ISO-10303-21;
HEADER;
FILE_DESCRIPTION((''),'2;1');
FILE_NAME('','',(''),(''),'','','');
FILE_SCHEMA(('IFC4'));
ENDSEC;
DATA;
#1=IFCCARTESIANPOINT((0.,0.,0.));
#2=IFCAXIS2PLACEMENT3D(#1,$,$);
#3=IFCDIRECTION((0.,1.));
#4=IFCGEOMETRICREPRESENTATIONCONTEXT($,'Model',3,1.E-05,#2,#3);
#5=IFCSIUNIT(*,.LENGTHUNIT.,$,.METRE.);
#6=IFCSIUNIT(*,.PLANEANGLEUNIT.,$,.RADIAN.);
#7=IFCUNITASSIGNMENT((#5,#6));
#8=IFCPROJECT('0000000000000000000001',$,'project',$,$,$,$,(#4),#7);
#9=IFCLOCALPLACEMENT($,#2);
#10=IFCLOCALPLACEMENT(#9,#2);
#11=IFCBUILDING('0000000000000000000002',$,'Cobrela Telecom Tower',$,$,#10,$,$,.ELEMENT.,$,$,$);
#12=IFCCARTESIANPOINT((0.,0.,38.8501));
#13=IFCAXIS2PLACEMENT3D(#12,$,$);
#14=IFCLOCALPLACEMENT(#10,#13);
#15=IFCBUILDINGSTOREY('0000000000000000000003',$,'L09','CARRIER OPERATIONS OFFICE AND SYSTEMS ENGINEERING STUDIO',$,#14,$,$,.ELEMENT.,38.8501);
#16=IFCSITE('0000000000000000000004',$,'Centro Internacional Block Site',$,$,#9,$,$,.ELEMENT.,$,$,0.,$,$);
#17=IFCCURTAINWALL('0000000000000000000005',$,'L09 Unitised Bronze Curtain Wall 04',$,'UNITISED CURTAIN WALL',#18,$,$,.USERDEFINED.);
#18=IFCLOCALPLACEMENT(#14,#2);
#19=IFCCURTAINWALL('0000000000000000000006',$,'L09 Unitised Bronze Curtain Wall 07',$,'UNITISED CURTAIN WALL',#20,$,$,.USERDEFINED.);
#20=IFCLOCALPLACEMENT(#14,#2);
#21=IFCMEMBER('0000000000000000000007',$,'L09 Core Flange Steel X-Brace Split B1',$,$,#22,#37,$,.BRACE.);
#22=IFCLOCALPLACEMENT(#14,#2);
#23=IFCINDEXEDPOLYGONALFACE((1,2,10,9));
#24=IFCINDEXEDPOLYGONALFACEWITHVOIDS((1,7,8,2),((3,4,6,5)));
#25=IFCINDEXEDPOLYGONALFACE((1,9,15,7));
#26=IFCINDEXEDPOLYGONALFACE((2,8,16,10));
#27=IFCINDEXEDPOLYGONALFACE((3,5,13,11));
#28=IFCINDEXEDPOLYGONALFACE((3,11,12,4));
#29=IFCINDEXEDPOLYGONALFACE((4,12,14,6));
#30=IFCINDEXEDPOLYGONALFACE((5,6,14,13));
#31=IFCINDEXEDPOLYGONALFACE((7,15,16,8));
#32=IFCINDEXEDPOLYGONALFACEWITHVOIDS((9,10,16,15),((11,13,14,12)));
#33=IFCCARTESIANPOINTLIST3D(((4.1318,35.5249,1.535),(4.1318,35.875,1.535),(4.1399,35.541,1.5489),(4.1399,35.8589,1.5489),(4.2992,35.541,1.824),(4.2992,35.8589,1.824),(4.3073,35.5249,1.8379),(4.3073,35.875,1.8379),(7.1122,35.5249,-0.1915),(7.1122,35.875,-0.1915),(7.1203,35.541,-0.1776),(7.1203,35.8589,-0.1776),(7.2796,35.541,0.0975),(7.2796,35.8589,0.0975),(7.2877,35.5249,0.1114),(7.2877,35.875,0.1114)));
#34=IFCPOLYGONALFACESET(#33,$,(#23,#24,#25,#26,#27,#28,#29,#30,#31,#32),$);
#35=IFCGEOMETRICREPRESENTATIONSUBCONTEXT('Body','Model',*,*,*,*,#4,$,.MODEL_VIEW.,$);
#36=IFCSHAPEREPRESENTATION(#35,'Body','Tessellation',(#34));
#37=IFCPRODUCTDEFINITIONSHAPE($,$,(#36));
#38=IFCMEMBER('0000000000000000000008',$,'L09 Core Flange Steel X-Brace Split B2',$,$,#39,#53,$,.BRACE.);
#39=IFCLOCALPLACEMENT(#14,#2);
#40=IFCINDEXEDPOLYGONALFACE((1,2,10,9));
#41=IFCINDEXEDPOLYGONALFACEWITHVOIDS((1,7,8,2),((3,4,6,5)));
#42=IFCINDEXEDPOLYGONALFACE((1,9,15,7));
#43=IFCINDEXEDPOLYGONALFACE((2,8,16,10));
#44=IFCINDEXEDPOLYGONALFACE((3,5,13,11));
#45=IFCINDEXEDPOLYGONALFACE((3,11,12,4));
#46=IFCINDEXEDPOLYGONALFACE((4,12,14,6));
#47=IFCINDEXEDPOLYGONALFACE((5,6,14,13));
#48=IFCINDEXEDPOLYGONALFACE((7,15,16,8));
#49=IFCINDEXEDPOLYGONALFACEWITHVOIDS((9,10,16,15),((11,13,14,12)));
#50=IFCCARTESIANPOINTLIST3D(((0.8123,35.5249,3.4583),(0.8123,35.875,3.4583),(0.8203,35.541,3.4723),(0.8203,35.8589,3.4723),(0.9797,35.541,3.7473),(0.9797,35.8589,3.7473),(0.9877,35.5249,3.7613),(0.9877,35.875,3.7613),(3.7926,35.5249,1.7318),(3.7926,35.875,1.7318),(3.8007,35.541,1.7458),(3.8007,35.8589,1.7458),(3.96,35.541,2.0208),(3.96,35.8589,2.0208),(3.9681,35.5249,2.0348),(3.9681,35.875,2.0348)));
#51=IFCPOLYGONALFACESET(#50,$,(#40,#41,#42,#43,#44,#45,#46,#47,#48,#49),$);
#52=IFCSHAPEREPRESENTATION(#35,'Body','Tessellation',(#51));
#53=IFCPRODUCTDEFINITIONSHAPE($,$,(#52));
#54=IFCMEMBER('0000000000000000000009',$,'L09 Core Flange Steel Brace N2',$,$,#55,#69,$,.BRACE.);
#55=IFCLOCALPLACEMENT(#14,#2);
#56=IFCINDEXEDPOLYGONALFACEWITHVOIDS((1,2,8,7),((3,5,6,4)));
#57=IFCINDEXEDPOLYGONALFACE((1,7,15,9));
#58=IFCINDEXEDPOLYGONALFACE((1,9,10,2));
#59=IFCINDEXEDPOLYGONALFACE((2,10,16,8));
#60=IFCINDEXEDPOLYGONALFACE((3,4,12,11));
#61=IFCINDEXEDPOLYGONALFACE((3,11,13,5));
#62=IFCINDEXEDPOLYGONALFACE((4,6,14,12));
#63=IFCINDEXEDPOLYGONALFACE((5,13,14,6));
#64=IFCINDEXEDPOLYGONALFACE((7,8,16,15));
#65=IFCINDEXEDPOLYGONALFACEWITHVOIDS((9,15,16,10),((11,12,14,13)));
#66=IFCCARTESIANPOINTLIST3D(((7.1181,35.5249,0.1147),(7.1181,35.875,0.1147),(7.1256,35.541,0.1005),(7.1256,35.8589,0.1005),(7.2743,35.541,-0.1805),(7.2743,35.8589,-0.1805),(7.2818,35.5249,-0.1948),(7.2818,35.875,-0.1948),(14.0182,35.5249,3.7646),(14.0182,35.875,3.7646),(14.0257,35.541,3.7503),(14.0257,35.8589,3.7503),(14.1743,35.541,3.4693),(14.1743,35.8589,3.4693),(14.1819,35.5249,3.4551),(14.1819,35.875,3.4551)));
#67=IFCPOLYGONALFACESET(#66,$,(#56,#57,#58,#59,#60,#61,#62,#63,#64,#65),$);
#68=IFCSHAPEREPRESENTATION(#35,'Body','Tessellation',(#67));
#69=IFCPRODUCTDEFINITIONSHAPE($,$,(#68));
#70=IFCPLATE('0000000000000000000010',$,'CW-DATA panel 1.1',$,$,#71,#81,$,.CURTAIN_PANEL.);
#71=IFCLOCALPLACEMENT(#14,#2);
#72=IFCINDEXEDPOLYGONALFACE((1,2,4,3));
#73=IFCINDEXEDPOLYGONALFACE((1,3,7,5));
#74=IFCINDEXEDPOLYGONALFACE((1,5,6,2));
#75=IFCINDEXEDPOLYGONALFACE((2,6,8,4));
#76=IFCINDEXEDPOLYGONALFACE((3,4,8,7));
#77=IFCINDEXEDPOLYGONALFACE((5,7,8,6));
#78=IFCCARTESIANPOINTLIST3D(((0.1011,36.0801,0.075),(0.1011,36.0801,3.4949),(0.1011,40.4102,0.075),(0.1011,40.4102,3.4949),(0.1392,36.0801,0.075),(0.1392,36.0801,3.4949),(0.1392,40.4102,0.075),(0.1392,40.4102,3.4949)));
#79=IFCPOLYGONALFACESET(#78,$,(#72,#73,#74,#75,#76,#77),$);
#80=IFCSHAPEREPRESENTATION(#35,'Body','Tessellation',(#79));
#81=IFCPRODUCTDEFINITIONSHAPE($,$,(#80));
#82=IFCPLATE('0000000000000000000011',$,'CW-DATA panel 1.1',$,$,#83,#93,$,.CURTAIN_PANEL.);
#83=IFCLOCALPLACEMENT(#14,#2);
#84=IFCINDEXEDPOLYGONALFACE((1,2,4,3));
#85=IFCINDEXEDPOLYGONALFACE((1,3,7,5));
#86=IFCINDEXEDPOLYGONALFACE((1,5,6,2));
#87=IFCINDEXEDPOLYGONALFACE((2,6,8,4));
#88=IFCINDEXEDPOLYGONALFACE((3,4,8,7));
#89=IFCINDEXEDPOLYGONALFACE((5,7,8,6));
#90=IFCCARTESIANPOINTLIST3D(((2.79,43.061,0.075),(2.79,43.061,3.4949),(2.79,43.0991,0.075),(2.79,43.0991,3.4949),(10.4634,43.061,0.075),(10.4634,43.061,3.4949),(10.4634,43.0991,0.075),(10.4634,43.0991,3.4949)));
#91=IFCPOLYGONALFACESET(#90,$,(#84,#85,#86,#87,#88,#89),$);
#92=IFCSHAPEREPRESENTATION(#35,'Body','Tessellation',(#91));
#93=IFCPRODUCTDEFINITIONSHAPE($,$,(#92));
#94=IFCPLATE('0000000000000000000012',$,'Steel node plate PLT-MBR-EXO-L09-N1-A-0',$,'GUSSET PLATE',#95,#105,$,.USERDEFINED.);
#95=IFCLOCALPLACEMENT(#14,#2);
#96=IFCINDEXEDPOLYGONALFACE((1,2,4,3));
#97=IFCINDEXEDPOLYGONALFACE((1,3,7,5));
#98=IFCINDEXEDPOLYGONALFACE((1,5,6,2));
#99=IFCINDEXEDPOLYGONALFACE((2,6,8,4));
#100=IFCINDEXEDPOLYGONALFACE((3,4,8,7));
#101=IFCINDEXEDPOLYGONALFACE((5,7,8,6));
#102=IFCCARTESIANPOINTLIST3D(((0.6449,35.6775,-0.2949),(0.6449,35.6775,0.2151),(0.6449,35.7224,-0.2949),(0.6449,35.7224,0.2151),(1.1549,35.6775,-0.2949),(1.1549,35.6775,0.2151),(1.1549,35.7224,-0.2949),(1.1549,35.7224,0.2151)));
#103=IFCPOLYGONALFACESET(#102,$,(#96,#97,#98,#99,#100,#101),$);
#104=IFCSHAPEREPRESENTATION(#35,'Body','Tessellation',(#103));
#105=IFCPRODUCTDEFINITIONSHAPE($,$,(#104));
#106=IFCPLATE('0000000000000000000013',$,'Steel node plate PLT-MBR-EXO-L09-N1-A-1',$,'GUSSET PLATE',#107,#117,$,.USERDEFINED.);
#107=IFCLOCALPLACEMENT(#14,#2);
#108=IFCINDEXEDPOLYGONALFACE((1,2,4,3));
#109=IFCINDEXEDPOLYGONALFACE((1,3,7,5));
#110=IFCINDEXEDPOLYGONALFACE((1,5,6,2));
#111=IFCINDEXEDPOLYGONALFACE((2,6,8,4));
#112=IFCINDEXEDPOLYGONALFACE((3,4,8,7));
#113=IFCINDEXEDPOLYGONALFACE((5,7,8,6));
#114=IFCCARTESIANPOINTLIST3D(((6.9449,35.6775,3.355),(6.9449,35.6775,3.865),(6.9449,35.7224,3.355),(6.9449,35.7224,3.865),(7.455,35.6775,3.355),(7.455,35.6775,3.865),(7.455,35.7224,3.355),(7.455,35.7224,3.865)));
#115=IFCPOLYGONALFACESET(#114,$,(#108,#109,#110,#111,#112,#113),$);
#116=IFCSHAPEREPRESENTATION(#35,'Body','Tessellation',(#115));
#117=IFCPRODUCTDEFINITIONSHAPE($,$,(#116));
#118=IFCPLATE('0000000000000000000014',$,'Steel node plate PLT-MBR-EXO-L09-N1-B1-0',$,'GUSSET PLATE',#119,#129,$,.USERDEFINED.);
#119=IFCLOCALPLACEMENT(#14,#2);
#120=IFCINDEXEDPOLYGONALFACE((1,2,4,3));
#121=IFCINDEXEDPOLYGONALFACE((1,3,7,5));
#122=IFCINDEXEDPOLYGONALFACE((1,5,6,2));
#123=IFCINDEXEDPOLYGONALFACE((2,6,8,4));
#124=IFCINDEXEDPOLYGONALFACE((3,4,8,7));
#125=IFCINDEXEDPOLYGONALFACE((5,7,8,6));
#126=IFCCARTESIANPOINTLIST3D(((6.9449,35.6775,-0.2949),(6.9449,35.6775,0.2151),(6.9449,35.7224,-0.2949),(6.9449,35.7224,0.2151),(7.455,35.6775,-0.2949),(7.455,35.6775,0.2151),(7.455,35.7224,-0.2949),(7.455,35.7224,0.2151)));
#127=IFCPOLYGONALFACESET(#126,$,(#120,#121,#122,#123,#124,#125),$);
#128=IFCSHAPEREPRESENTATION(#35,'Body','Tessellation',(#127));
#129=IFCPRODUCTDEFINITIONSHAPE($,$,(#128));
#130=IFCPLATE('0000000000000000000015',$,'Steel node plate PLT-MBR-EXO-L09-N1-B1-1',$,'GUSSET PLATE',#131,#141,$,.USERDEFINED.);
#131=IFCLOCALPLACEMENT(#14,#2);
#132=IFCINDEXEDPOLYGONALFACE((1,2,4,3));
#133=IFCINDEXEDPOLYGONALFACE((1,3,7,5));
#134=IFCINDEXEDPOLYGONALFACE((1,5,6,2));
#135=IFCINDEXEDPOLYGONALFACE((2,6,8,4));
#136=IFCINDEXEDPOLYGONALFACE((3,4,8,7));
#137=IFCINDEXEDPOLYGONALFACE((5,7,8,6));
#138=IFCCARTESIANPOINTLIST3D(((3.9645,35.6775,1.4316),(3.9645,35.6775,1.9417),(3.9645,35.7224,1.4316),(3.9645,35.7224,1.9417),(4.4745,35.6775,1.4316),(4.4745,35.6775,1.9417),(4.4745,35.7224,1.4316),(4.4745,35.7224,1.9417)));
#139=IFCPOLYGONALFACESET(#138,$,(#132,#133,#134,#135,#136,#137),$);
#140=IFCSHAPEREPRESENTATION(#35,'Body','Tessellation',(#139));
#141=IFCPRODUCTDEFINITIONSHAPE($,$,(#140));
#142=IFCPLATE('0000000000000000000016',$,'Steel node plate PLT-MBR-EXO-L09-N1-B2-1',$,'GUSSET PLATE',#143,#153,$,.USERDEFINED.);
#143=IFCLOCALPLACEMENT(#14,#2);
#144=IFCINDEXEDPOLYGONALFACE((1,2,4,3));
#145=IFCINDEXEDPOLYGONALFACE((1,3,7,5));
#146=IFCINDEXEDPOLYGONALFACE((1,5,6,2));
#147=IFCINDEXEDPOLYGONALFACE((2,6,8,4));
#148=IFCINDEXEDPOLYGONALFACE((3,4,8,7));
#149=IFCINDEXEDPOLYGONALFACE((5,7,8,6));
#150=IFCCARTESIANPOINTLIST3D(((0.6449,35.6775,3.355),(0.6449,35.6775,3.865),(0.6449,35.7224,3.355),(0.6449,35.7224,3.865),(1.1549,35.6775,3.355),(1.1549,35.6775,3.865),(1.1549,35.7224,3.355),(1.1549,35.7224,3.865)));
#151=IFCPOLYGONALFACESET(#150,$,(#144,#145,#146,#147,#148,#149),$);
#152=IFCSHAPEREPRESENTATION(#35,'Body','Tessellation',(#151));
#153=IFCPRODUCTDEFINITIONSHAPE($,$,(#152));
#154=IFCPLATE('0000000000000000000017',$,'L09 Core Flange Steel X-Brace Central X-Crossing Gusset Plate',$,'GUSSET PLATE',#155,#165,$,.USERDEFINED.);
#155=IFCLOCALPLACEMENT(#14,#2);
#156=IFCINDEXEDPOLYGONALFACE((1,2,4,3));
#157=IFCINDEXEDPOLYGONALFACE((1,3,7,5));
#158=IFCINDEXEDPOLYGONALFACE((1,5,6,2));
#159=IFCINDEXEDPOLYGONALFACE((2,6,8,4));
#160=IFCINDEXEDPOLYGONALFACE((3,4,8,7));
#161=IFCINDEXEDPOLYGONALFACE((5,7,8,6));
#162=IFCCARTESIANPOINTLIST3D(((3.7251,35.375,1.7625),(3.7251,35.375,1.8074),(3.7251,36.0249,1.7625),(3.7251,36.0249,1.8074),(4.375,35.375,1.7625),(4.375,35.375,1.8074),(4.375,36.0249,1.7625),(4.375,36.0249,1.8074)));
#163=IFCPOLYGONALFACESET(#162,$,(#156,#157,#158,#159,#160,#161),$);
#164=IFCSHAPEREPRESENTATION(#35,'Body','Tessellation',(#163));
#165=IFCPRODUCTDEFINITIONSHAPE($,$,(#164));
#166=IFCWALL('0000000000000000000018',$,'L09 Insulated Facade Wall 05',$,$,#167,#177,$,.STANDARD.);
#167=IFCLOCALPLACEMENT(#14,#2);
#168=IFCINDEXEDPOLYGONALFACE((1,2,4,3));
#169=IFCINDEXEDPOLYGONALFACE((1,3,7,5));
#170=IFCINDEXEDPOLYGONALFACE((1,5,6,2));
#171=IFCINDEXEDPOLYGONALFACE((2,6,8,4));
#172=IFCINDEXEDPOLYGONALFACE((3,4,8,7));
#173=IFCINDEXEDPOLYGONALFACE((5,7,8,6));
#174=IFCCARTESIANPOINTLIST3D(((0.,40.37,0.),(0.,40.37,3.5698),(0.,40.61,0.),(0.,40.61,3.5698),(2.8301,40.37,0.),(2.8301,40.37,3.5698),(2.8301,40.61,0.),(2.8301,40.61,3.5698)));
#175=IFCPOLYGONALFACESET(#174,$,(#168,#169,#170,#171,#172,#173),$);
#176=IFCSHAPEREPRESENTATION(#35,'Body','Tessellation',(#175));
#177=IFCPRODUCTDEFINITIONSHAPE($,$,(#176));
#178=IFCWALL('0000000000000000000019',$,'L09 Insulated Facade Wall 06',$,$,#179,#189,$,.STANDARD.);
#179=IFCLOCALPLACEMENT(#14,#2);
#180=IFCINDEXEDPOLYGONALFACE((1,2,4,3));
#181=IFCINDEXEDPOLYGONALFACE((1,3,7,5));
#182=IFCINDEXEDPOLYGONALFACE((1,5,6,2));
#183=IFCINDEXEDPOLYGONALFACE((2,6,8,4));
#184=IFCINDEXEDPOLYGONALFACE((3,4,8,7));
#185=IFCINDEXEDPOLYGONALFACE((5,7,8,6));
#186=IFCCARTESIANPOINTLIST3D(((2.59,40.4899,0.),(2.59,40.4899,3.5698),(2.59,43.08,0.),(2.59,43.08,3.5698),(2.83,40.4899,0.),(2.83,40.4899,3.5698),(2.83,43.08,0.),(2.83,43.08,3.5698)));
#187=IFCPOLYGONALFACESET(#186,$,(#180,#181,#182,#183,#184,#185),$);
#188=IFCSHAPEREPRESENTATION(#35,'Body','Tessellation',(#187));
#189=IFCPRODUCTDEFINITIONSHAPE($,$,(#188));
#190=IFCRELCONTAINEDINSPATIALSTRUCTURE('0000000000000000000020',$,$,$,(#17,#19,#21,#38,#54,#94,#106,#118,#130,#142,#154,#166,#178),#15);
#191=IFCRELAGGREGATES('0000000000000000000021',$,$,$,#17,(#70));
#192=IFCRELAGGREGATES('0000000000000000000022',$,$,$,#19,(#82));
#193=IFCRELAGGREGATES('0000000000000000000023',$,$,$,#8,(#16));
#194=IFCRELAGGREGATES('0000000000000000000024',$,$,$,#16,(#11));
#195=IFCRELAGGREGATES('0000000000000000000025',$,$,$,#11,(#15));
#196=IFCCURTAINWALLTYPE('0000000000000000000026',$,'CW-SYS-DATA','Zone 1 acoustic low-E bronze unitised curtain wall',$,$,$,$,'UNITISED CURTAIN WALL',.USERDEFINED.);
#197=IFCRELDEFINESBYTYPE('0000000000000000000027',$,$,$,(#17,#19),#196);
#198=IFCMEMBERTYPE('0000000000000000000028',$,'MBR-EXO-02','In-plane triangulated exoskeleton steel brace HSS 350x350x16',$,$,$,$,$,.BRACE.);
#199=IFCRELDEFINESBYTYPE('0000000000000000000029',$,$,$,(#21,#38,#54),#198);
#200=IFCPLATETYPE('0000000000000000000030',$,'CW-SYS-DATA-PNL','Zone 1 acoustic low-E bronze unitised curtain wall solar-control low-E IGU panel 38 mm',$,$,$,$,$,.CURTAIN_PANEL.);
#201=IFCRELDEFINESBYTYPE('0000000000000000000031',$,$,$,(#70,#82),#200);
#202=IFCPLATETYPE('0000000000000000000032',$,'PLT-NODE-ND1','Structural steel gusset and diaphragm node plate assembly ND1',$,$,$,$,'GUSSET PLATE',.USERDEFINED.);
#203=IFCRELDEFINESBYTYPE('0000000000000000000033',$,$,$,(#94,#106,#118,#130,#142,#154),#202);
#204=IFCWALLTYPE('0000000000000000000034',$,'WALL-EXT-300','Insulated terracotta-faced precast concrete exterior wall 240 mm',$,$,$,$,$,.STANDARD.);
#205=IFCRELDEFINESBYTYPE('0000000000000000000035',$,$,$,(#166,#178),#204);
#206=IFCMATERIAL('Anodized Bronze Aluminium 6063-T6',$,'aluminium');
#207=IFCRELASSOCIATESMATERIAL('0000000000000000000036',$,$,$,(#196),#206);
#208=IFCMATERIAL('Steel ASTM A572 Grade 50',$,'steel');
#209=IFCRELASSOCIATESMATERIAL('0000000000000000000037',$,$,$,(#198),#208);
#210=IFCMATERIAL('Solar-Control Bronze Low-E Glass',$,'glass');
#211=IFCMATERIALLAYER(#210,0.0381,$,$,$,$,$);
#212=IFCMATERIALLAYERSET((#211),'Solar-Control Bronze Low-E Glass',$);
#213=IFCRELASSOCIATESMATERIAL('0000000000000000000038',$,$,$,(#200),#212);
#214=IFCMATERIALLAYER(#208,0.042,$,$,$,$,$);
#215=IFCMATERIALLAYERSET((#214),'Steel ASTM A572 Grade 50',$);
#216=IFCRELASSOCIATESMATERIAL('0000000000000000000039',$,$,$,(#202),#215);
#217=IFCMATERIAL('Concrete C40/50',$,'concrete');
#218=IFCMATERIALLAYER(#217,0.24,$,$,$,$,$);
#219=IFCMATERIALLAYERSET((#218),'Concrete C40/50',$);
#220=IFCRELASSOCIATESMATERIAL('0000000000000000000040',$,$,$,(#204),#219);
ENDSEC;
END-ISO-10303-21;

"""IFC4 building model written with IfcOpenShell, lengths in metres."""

from ifc_helpers import new_model, si_unit, direction, frame, frame_2d, origin, origin_2d, place, context, subcontext, project, spatial, rectangle, hollow_rectangle, extrude, material, layer, layer_set, material_profile, profile_set, type_object, element, aggregate, save


model = new_model("IFC4")

# Units and contexts
model_context = context("Model", 3, precision=1e-05, world=origin(), true_north=direction((0.0, 1.0)))
body_context = subcontext(model_context, "Body", "Model", "MODEL_VIEW")
ifc_project = project(units=[si_unit("LENGTHUNIT", "METRE"), si_unit("PLANEANGLEUNIT", "RADIAN")], contexts=[model_context])

# Site, building, storey
site_placement = place(None, origin())
site = spatial("IfcSite", under=ifc_project, at=site_placement, Name="Centro Internacional Block Site", CompositionType="ELEMENT", RefElevation=0.0)
building_placement = place(site_placement, origin())
building = spatial("IfcBuilding", under=site, at=building_placement, Name="Cobrela Telecom Tower", CompositionType="ELEMENT")
storey_placement = place(building_placement, frame((0.0, 0.0, 38.8501)))
storey = spatial("IfcBuildingStorey", under=building, at=storey_placement, Name="L09", Description="CARRIER OPERATIONS OFFICE AND SYSTEMS ENGINEERING STUDIO", CompositionType="ELEMENT", Elevation=38.8501)

# Curtain wall
ifc_material_1 = material(Name="Anodized Bronze Aluminium 6063-T6", Category="aluminium")
curtain_wall_type = type_object("IfcCurtainWallType", Name="CW-SYS-DATA", Description="Zone 1 acoustic low-E bronze unitised curtain wall", ElementType="UNITISED CURTAIN WALL", PredefinedType="USERDEFINED", material=ifc_material_1)
curtain_wall_1_placement = place(storey_placement, origin())
curtain_wall_1 = element("IfcCurtainWall", 1, at=curtain_wall_1_placement, inside=storey, type_object=curtain_wall_type, Name="L09 Unitised Bronze Curtain Wall 04", ObjectType="UNITISED CURTAIN WALL", PredefinedType="USERDEFINED")

# Curtain wall
curtain_wall_2_placement = place(storey_placement, origin())
curtain_wall_2 = element("IfcCurtainWall", 2, at=curtain_wall_2_placement, inside=storey, type_object=curtain_wall_type, Name="L09 Unitised Bronze Curtain Wall 07", ObjectType="UNITISED CURTAIN WALL", PredefinedType="USERDEFINED")

# Members
ifc_material_2 = material(Name="Steel ASTM A572 Grade 50", Category="steel")
ifc_material_profile_1 = material_profile(ifc_material_2, hollow_rectangle(XDim=0.3501, YDim=0.3501, WallThickness=0.0161, at=origin_2d()), Name="HSS 350x350x16")
ifc_profile_set_1 = profile_set([ifc_material_profile_1], Name="Steel ASTM A572 Grade 50")
member_type_1 = type_object("IfcMemberType", Name="MBR-EXO-02", Description="In-plane triangulated exoskeleton steel brace HSS 350x350x16", PredefinedType="BRACE", material=ifc_profile_set_1)
for number, where, z_axis, x_axis, name in (
    (3, (7.2, 35.7, -0.04), (-0.865297, 0.0, 0.50126), (0.0, -1.0, 0.0), "L09 Core Flange Steel X-Brace Split B1"),
    (4, (3.8804, 35.7, 1.8833), (-0.865297, 0.0, 0.50126), (0.0, -1.0, 0.0), "L09 Core Flange Steel X-Brace Split B2"),
):
    element("IfcMember", number, at=place(storey_placement, frame(where, z_axis=z_axis, x_axis=x_axis)), inside=storey, type_object=member_type_1, Name=name, PredefinedType="BRACE", context=body_context, shape_type="SweptSolid", body=[
        extrude(hollow_rectangle(XDim=0.3501, YDim=0.3501, WallThickness=0.0161, at=origin_2d()), origin(), (0.0, 0.0, 1.0), 3.4443),
    ])
member_1_placement = place(storey_placement, frame((7.2, 35.7, -0.04), z_axis=(0.883953, 0.0, 0.467576), x_axis=(0.0, 1.0, 0.0)))
element("IfcMember", 5, at=member_1_placement, inside=storey, type_object=member_type_1, Name="L09 Core Flange Steel Brace N2", PredefinedType="BRACE", context=body_context, shape_type="SweptSolid", body=[
    extrude(hollow_rectangle(XDim=0.3501, YDim=0.3501, WallThickness=0.0161, at=origin_2d()), origin(), (0.0, 0.0, 1.0), 7.8059),
])

# Plates
ifc_material_3 = material(Name="Solar-Control Bronze Low-E Glass", Category="glass")
ifc_layer_1 = layer(ifc_material_3, 0.0381)
ifc_layer_set_1 = layer_set([ifc_layer_1], Name="Solar-Control Bronze Low-E Glass")
plate_type_1 = type_object("IfcPlateType", Name="CW-SYS-DATA-PNL", Description="Zone 1 acoustic low-E bronze unitised curtain wall solar-control low-E IGU panel 38 mm", PredefinedType="CURTAIN_PANEL", material=ifc_layer_set_1)
plate_1_placement = place(storey_placement, frame((0.1201, 38.2451, 0.075), z_axis=(0.0, 0.0, 1.0), x_axis=(0.0, 1.0, 0.0)))
plate_1 = element("IfcPlate", 6, at=plate_1_placement, type_object=plate_type_1, Name="CW-DATA panel 1.1", PredefinedType="CURTAIN_PANEL", context=body_context, shape_type="SweptSolid", body=[
    extrude(rectangle(XDim=4.3301, YDim=0.0381, at=origin_2d()), origin(), (0.0, 0.0, 1.0), 3.4199),
])
aggregate(curtain_wall_1, [plate_1])
plate_2_placement = place(storey_placement, frame((6.6267, 43.0801, 0.075), z_axis=(0.0, 0.0, 1.0), x_axis=(1.0, 0.0, 0.0)))
plate_2 = element("IfcPlate", 7, at=plate_2_placement, type_object=plate_type_1, Name="CW-DATA panel 1.1", PredefinedType="CURTAIN_PANEL", context=body_context, shape_type="SweptSolid", body=[
    extrude(rectangle(XDim=7.6733, YDim=0.0381, at=origin_2d()), origin(), (0.0, 0.0, 1.0), 3.4199),
])
aggregate(curtain_wall_2, [plate_2])

# Plates
ifc_layer_2 = layer(ifc_material_2, 0.042)
ifc_layer_set_2 = layer_set([ifc_layer_2], Name="Steel ASTM A572 Grade 50")
plate_type_2 = type_object("IfcPlateType", Name="PLT-NODE-ND1", Description="Structural steel gusset and diaphragm node plate assembly ND1", ElementType="GUSSET PLATE", PredefinedType="USERDEFINED", material=ifc_layer_set_2)
for number, where, z_axis, x_axis, name in (
    (8, (0.8999, 35.7, -0.2949), (0.0, 0.0, 1.0), (1.0, 0.0, 0.0), "Steel node plate PLT-MBR-EXO-L09-N1-A-0"),
    (9, (7.2, 35.7, 3.355), (0.0, 0.0, 1.0), (1.0, 0.0, 0.0), "Steel node plate PLT-MBR-EXO-L09-N1-A-1"),
    (10, (7.2, 35.7, -0.2949), (0.0, 0.0, 1.0), (-1.0, 0.0, 0.0), "Steel node plate PLT-MBR-EXO-L09-N1-B1-0"),
    (11, (4.2195, 35.7, 1.4316), (0.0, 0.0, 1.0), (-1.0, 0.0, 0.0), "Steel node plate PLT-MBR-EXO-L09-N1-B1-1"),
    (12, (0.8999, 35.7, 3.355), (0.0, 0.0, 1.0), (-1.0, 0.0, 0.0), "Steel node plate PLT-MBR-EXO-L09-N1-B2-1"),
):
    element("IfcPlate", number, at=place(storey_placement, frame(where, z_axis=z_axis, x_axis=x_axis)), inside=storey, type_object=plate_type_2, Name=name, ObjectType="GUSSET PLATE", PredefinedType="USERDEFINED", context=body_context, shape_type="SweptSolid", body=[
        extrude(rectangle(XDim=0.51, YDim=0.0449, at=origin_2d()), origin(), (0.0, 0.0, 1.0), 0.51),
    ])
plate_3_placement = place(storey_placement, frame((4.05, 35.7, 1.7625), z_axis=(0.0, 0.0, 1.0), x_axis=(1.0, 0.0, 0.0)))
element("IfcPlate", 13, at=plate_3_placement, inside=storey, type_object=plate_type_2, Name="L09 Core Flange Steel X-Brace Central X-Crossing Gusset Plate", ObjectType="GUSSET PLATE", PredefinedType="USERDEFINED", context=body_context, shape_type="SweptSolid", body=[
    extrude(rectangle(XDim=0.6499, YDim=0.6499, at=origin_2d()), origin(), (0.0, 0.0, 1.0), 0.0449),
])

# Walls
ifc_material_4 = material(Name="Concrete C40/50", Category="concrete")
ifc_layer_3 = layer(ifc_material_4, 0.24)
ifc_layer_set_3 = layer_set([ifc_layer_3], Name="Concrete C40/50")
wall_type = type_object("IfcWallType", Name="WALL-EXT-300", Description="Insulated terracotta-faced precast concrete exterior wall 240 mm", PredefinedType="STANDARD", material=ifc_layer_set_3)
wall_1_placement = place(storey_placement, frame((0.0, 40.49, 0.0), z_axis=(0.0, 0.0, 1.0), x_axis=(1.0, 0.0, 0.0)))
element("IfcWall", 14, at=wall_1_placement, inside=storey, type_object=wall_type, Name="L09 Insulated Facade Wall 05", PredefinedType="STANDARD", context=body_context, shape_type="SweptSolid", body=[
    extrude(rectangle(XDim=2.8301, YDim=0.24, at=frame_2d((1.415, 0.0))), origin(), (0.0, 0.0, 1.0), 3.5698),
])
wall_2_placement = place(storey_placement, frame((2.71, 40.49, 0.0), z_axis=(0.0, 0.0, 1.0), x_axis=(0.0, 1.0, 0.0)))
element("IfcWall", 15, at=wall_2_placement, inside=storey, type_object=wall_type, Name="L09 Insulated Facade Wall 06", PredefinedType="STANDARD", context=body_context, shape_type="SweptSolid", body=[
    extrude(rectangle(XDim=2.5901, YDim=0.24, at=frame_2d((1.2949, 0.0))), origin(), (0.0, 0.0, 1.0), 3.5698),
])

save(model, "model.ifc")
